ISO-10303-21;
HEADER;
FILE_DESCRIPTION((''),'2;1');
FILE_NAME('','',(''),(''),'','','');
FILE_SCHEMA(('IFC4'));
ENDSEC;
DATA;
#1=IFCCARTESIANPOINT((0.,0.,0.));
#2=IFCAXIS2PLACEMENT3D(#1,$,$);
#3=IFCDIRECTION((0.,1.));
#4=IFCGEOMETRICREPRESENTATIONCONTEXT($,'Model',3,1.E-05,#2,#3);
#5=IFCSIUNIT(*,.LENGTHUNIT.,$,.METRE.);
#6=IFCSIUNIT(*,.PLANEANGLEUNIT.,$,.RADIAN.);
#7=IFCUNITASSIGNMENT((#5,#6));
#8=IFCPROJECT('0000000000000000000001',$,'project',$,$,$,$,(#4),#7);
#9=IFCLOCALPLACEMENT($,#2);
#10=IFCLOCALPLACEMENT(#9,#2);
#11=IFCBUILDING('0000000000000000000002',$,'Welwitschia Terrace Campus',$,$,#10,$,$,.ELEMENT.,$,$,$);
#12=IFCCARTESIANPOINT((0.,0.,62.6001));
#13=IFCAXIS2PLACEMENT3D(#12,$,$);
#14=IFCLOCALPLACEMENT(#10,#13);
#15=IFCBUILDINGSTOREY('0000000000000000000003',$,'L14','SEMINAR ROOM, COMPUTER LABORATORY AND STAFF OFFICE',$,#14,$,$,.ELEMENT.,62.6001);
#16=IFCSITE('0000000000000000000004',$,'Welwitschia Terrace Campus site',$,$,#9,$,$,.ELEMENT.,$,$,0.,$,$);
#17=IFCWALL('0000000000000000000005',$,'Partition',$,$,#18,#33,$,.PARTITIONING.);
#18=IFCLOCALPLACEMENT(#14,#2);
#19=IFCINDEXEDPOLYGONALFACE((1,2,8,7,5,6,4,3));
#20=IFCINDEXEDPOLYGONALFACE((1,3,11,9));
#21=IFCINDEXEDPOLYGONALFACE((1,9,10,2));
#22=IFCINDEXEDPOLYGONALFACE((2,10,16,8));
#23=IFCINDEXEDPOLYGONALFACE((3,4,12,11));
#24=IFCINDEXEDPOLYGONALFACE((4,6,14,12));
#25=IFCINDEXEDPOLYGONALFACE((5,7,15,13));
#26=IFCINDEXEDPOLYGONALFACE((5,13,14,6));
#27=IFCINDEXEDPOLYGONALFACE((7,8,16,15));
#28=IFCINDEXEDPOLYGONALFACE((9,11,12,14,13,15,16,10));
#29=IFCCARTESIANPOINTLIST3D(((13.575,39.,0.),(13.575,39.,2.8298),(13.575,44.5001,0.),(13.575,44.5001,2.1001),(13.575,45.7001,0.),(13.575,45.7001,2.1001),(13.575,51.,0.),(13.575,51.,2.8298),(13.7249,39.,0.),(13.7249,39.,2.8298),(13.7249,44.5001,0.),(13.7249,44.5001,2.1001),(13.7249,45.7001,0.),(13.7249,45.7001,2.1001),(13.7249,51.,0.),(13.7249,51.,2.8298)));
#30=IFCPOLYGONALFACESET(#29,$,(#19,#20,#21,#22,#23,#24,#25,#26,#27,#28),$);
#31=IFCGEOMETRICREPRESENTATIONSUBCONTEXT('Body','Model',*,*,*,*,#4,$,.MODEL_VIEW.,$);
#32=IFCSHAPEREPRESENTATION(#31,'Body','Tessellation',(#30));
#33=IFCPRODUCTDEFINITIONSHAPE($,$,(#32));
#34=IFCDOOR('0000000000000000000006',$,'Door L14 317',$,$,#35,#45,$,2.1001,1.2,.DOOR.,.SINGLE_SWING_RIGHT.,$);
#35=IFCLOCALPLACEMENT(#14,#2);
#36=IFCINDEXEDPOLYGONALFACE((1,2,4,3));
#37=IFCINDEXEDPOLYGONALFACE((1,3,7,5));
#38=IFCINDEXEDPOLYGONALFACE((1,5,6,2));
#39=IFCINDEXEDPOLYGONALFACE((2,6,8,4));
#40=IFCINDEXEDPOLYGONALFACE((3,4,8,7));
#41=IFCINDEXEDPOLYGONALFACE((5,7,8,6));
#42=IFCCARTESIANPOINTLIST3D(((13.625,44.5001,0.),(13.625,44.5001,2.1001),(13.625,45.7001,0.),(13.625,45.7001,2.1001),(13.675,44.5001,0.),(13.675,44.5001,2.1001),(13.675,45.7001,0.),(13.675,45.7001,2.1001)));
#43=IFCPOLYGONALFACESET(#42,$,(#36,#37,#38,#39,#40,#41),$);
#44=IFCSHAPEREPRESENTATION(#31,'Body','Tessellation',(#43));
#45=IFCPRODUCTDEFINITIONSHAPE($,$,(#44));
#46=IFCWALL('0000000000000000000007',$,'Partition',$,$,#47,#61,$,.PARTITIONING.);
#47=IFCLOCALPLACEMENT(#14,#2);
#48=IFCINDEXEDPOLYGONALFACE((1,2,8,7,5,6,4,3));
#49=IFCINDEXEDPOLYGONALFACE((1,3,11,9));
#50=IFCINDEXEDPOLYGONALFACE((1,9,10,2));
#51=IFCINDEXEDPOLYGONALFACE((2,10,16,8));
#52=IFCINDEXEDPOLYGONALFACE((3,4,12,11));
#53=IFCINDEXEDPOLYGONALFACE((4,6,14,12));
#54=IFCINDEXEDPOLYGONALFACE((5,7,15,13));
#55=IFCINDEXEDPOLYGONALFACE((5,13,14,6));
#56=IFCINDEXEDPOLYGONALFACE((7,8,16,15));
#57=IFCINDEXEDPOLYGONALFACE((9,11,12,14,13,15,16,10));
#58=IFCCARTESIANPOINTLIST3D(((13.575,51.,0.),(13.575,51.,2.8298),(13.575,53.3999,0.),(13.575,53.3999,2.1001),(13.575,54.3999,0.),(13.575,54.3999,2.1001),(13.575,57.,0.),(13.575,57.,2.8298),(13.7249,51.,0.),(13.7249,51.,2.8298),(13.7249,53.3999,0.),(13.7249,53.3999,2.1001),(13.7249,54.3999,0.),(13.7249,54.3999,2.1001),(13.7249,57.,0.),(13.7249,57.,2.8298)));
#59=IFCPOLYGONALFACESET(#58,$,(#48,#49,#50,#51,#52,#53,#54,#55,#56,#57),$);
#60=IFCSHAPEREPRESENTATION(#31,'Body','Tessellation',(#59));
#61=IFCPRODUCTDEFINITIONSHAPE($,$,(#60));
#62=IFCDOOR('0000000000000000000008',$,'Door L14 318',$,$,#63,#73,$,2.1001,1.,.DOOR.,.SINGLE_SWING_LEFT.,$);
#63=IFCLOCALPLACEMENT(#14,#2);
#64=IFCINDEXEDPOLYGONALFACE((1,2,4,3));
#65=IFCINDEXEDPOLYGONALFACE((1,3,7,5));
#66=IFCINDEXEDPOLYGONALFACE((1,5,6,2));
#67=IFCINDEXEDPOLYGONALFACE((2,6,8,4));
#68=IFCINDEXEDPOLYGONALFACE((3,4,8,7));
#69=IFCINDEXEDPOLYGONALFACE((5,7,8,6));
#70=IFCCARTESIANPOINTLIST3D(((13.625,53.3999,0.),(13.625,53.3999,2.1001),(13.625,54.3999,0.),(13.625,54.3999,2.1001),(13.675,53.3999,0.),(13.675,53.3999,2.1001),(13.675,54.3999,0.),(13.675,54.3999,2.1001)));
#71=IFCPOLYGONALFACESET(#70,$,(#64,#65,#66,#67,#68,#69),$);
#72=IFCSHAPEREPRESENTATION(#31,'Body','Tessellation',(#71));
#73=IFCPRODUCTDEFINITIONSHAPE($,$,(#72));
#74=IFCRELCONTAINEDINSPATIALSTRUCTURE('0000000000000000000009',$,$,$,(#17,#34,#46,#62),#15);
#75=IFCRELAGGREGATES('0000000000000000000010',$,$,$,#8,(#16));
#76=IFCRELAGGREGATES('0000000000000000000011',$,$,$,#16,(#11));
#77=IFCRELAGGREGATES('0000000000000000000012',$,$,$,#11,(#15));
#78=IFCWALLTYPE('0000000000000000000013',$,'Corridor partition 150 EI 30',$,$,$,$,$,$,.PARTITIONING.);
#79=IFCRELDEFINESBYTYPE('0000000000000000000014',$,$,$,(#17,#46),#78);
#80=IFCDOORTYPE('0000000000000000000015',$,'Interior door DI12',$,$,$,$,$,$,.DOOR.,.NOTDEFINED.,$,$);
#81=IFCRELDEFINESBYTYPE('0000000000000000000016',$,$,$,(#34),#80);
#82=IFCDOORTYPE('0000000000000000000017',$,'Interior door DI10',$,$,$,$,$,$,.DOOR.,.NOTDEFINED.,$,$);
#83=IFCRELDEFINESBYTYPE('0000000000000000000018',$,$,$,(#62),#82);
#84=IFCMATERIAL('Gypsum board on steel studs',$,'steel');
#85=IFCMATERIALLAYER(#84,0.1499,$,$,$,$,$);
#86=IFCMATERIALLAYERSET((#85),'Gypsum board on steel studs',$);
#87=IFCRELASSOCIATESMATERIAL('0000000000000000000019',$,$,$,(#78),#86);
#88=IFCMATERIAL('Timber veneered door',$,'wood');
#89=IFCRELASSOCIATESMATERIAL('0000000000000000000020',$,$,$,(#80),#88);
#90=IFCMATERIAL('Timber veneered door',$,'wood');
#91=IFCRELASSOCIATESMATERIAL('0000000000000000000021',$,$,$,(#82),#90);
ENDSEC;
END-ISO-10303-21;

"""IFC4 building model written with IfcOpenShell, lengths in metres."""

from ifc_helpers import new_model, si_unit, direction, frame, frame_2d, origin, place, context, subcontext, project, spatial, rectangle, extrude, material, layer, layer_set, type_object, element, fill, save


model = new_model("IFC4")

# Units and contexts
model_context = context("Model", 3, precision=1e-05, world=origin(), true_north=direction((0.0, 1.0)))
body_context = subcontext(model_context, "Body", "Model", "MODEL_VIEW")
ifc_project = project(units=[si_unit("LENGTHUNIT", "METRE"), si_unit("PLANEANGLEUNIT", "RADIAN")], contexts=[model_context])

# Site, building, storey
site_placement = place(None, origin())
site = spatial("IfcSite", under=ifc_project, at=site_placement, Name="Welwitschia Terrace Campus site", CompositionType="ELEMENT", RefElevation=0.0)
building_placement = place(site_placement, origin())
building = spatial("IfcBuilding", under=site, at=building_placement, Name="Welwitschia Terrace Campus", CompositionType="ELEMENT")
storey_placement = place(building_placement, frame((0.0, 0.0, 62.6001)))
storey = spatial("IfcBuildingStorey", under=building, at=storey_placement, Name="L14", Description="SEMINAR ROOM, COMPUTER LABORATORY AND STAFF OFFICE", CompositionType="ELEMENT", Elevation=62.6001)

# Shared definitions
ifc_material_1 = material(Name="Gypsum board on steel studs", Category="steel")
ifc_layer_1 = layer(ifc_material_1, 0.1499)
ifc_layer_set_1 = layer_set([ifc_layer_1], Name="Gypsum board on steel studs")
wall_type = type_object("IfcWallType", Name="Corridor partition 150 EI 30", PredefinedType="PARTITIONING", material=ifc_layer_set_1)

# Walls, openings, doors
wall_1_placement = place(storey_placement, frame((13.6499, 39.0, 0.0), z_axis=(0.0, 0.0, 1.0), x_axis=(0.0, 1.0, 0.0)))
wall_1 = element("IfcWall", 1, at=wall_1_placement, inside=storey, type_object=wall_type, Name="Partition", PredefinedType="PARTITIONING", context=body_context, shape_type="SweptSolid", body=[
    extrude(rectangle(XDim=12.0, YDim=0.1499, at=frame_2d((6.0, 0.0))), origin(), (0.0, 0.0, 1.0), 2.8298),
])
opening_1_placement = place(wall_1_placement, frame((5.5, 0.0, 0.0)))
opening_1 = element("IfcOpeningElement", 2, at=opening_1_placement, cuts=wall_1, PredefinedType="OPENING", context=body_context, shape_type="SweptSolid", body=[
    extrude(rectangle(XDim=1.2, YDim=2.1001, at=frame_2d((0.6001, 1.05))), frame((0.0, 0.085, 0.0), z_axis=(0.0, -1.0, 0.0), x_axis=(1.0, 0.0, 0.0)), (0.0, 0.0, 1.0), 0.1699),
])
ifc_material_2 = material(Name="Timber veneered door", Category="wood")
door_type_1 = type_object("IfcDoorType", Name="Interior door DI12", OperationType="NOTDEFINED", PredefinedType="DOOR", material=ifc_material_2)
door_1_placement = place(opening_1_placement, origin())
door_1 = element("IfcDoor", 3, at=door_1_placement, inside=storey, type_object=door_type_1, Name="Door L14 317", OperationType="SINGLE_SWING_RIGHT", OverallHeight=2.1001, OverallWidth=1.2, PredefinedType="DOOR", context=body_context, shape_type="SweptSolid", body=[
    extrude(rectangle(XDim=1.2, YDim=2.1001, at=frame_2d((0.6001, 1.05))), frame((0.0, 0.0249, 0.0), z_axis=(0.0, -1.0, 0.0), x_axis=(1.0, 0.0, 0.0)), (0.0, 0.0, 1.0), 0.05),
])
fill(opening_1, door_1)
wall_2_placement = place(storey_placement, frame((13.6499, 51.0, 0.0), z_axis=(0.0, 0.0, 1.0), x_axis=(0.0, 1.0, 0.0)))
wall_2 = element("IfcWall", 4, at=wall_2_placement, inside=storey, type_object=wall_type, Name="Partition", PredefinedType="PARTITIONING", context=body_context, shape_type="SweptSolid", body=[
    extrude(rectangle(XDim=6.0, YDim=0.1499, at=frame_2d((3.0, 0.0))), origin(), (0.0, 0.0, 1.0), 2.8298),
])
opening_2_placement = place(wall_2_placement, frame((2.3999, 0.0, 0.0)))
opening_2 = element("IfcOpeningElement", 5, at=opening_2_placement, cuts=wall_2, PredefinedType="OPENING", context=body_context, shape_type="SweptSolid", body=[
    extrude(rectangle(XDim=1.0, YDim=2.1001, at=frame_2d((0.5, 1.05))), frame((0.0, 0.085, 0.0), z_axis=(0.0, -1.0, 0.0), x_axis=(1.0, 0.0, 0.0)), (0.0, 0.0, 1.0), 0.1699),
])
ifc_material_3 = material(Name="Timber veneered door", Category="wood")
door_type_2 = type_object("IfcDoorType", Name="Interior door DI10", OperationType="NOTDEFINED", PredefinedType="DOOR", material=ifc_material_3)
door_2_placement = place(opening_2_placement, origin())
door_2 = element("IfcDoor", 6, at=door_2_placement, inside=storey, type_object=door_type_2, Name="Door L14 318", OperationType="SINGLE_SWING_LEFT", OverallHeight=2.1001, OverallWidth=1.0, PredefinedType="DOOR", context=body_context, shape_type="SweptSolid", body=[
    extrude(rectangle(XDim=1.0, YDim=2.1001, at=frame_2d((0.5, 1.05))), frame((0.0, 0.0249, 0.0), z_axis=(0.0, -1.0, 0.0), x_axis=(1.0, 0.0, 0.0)), (0.0, 0.0, 1.0), 0.05),
])
fill(opening_2, door_2)

save(model, "model.ifc")
